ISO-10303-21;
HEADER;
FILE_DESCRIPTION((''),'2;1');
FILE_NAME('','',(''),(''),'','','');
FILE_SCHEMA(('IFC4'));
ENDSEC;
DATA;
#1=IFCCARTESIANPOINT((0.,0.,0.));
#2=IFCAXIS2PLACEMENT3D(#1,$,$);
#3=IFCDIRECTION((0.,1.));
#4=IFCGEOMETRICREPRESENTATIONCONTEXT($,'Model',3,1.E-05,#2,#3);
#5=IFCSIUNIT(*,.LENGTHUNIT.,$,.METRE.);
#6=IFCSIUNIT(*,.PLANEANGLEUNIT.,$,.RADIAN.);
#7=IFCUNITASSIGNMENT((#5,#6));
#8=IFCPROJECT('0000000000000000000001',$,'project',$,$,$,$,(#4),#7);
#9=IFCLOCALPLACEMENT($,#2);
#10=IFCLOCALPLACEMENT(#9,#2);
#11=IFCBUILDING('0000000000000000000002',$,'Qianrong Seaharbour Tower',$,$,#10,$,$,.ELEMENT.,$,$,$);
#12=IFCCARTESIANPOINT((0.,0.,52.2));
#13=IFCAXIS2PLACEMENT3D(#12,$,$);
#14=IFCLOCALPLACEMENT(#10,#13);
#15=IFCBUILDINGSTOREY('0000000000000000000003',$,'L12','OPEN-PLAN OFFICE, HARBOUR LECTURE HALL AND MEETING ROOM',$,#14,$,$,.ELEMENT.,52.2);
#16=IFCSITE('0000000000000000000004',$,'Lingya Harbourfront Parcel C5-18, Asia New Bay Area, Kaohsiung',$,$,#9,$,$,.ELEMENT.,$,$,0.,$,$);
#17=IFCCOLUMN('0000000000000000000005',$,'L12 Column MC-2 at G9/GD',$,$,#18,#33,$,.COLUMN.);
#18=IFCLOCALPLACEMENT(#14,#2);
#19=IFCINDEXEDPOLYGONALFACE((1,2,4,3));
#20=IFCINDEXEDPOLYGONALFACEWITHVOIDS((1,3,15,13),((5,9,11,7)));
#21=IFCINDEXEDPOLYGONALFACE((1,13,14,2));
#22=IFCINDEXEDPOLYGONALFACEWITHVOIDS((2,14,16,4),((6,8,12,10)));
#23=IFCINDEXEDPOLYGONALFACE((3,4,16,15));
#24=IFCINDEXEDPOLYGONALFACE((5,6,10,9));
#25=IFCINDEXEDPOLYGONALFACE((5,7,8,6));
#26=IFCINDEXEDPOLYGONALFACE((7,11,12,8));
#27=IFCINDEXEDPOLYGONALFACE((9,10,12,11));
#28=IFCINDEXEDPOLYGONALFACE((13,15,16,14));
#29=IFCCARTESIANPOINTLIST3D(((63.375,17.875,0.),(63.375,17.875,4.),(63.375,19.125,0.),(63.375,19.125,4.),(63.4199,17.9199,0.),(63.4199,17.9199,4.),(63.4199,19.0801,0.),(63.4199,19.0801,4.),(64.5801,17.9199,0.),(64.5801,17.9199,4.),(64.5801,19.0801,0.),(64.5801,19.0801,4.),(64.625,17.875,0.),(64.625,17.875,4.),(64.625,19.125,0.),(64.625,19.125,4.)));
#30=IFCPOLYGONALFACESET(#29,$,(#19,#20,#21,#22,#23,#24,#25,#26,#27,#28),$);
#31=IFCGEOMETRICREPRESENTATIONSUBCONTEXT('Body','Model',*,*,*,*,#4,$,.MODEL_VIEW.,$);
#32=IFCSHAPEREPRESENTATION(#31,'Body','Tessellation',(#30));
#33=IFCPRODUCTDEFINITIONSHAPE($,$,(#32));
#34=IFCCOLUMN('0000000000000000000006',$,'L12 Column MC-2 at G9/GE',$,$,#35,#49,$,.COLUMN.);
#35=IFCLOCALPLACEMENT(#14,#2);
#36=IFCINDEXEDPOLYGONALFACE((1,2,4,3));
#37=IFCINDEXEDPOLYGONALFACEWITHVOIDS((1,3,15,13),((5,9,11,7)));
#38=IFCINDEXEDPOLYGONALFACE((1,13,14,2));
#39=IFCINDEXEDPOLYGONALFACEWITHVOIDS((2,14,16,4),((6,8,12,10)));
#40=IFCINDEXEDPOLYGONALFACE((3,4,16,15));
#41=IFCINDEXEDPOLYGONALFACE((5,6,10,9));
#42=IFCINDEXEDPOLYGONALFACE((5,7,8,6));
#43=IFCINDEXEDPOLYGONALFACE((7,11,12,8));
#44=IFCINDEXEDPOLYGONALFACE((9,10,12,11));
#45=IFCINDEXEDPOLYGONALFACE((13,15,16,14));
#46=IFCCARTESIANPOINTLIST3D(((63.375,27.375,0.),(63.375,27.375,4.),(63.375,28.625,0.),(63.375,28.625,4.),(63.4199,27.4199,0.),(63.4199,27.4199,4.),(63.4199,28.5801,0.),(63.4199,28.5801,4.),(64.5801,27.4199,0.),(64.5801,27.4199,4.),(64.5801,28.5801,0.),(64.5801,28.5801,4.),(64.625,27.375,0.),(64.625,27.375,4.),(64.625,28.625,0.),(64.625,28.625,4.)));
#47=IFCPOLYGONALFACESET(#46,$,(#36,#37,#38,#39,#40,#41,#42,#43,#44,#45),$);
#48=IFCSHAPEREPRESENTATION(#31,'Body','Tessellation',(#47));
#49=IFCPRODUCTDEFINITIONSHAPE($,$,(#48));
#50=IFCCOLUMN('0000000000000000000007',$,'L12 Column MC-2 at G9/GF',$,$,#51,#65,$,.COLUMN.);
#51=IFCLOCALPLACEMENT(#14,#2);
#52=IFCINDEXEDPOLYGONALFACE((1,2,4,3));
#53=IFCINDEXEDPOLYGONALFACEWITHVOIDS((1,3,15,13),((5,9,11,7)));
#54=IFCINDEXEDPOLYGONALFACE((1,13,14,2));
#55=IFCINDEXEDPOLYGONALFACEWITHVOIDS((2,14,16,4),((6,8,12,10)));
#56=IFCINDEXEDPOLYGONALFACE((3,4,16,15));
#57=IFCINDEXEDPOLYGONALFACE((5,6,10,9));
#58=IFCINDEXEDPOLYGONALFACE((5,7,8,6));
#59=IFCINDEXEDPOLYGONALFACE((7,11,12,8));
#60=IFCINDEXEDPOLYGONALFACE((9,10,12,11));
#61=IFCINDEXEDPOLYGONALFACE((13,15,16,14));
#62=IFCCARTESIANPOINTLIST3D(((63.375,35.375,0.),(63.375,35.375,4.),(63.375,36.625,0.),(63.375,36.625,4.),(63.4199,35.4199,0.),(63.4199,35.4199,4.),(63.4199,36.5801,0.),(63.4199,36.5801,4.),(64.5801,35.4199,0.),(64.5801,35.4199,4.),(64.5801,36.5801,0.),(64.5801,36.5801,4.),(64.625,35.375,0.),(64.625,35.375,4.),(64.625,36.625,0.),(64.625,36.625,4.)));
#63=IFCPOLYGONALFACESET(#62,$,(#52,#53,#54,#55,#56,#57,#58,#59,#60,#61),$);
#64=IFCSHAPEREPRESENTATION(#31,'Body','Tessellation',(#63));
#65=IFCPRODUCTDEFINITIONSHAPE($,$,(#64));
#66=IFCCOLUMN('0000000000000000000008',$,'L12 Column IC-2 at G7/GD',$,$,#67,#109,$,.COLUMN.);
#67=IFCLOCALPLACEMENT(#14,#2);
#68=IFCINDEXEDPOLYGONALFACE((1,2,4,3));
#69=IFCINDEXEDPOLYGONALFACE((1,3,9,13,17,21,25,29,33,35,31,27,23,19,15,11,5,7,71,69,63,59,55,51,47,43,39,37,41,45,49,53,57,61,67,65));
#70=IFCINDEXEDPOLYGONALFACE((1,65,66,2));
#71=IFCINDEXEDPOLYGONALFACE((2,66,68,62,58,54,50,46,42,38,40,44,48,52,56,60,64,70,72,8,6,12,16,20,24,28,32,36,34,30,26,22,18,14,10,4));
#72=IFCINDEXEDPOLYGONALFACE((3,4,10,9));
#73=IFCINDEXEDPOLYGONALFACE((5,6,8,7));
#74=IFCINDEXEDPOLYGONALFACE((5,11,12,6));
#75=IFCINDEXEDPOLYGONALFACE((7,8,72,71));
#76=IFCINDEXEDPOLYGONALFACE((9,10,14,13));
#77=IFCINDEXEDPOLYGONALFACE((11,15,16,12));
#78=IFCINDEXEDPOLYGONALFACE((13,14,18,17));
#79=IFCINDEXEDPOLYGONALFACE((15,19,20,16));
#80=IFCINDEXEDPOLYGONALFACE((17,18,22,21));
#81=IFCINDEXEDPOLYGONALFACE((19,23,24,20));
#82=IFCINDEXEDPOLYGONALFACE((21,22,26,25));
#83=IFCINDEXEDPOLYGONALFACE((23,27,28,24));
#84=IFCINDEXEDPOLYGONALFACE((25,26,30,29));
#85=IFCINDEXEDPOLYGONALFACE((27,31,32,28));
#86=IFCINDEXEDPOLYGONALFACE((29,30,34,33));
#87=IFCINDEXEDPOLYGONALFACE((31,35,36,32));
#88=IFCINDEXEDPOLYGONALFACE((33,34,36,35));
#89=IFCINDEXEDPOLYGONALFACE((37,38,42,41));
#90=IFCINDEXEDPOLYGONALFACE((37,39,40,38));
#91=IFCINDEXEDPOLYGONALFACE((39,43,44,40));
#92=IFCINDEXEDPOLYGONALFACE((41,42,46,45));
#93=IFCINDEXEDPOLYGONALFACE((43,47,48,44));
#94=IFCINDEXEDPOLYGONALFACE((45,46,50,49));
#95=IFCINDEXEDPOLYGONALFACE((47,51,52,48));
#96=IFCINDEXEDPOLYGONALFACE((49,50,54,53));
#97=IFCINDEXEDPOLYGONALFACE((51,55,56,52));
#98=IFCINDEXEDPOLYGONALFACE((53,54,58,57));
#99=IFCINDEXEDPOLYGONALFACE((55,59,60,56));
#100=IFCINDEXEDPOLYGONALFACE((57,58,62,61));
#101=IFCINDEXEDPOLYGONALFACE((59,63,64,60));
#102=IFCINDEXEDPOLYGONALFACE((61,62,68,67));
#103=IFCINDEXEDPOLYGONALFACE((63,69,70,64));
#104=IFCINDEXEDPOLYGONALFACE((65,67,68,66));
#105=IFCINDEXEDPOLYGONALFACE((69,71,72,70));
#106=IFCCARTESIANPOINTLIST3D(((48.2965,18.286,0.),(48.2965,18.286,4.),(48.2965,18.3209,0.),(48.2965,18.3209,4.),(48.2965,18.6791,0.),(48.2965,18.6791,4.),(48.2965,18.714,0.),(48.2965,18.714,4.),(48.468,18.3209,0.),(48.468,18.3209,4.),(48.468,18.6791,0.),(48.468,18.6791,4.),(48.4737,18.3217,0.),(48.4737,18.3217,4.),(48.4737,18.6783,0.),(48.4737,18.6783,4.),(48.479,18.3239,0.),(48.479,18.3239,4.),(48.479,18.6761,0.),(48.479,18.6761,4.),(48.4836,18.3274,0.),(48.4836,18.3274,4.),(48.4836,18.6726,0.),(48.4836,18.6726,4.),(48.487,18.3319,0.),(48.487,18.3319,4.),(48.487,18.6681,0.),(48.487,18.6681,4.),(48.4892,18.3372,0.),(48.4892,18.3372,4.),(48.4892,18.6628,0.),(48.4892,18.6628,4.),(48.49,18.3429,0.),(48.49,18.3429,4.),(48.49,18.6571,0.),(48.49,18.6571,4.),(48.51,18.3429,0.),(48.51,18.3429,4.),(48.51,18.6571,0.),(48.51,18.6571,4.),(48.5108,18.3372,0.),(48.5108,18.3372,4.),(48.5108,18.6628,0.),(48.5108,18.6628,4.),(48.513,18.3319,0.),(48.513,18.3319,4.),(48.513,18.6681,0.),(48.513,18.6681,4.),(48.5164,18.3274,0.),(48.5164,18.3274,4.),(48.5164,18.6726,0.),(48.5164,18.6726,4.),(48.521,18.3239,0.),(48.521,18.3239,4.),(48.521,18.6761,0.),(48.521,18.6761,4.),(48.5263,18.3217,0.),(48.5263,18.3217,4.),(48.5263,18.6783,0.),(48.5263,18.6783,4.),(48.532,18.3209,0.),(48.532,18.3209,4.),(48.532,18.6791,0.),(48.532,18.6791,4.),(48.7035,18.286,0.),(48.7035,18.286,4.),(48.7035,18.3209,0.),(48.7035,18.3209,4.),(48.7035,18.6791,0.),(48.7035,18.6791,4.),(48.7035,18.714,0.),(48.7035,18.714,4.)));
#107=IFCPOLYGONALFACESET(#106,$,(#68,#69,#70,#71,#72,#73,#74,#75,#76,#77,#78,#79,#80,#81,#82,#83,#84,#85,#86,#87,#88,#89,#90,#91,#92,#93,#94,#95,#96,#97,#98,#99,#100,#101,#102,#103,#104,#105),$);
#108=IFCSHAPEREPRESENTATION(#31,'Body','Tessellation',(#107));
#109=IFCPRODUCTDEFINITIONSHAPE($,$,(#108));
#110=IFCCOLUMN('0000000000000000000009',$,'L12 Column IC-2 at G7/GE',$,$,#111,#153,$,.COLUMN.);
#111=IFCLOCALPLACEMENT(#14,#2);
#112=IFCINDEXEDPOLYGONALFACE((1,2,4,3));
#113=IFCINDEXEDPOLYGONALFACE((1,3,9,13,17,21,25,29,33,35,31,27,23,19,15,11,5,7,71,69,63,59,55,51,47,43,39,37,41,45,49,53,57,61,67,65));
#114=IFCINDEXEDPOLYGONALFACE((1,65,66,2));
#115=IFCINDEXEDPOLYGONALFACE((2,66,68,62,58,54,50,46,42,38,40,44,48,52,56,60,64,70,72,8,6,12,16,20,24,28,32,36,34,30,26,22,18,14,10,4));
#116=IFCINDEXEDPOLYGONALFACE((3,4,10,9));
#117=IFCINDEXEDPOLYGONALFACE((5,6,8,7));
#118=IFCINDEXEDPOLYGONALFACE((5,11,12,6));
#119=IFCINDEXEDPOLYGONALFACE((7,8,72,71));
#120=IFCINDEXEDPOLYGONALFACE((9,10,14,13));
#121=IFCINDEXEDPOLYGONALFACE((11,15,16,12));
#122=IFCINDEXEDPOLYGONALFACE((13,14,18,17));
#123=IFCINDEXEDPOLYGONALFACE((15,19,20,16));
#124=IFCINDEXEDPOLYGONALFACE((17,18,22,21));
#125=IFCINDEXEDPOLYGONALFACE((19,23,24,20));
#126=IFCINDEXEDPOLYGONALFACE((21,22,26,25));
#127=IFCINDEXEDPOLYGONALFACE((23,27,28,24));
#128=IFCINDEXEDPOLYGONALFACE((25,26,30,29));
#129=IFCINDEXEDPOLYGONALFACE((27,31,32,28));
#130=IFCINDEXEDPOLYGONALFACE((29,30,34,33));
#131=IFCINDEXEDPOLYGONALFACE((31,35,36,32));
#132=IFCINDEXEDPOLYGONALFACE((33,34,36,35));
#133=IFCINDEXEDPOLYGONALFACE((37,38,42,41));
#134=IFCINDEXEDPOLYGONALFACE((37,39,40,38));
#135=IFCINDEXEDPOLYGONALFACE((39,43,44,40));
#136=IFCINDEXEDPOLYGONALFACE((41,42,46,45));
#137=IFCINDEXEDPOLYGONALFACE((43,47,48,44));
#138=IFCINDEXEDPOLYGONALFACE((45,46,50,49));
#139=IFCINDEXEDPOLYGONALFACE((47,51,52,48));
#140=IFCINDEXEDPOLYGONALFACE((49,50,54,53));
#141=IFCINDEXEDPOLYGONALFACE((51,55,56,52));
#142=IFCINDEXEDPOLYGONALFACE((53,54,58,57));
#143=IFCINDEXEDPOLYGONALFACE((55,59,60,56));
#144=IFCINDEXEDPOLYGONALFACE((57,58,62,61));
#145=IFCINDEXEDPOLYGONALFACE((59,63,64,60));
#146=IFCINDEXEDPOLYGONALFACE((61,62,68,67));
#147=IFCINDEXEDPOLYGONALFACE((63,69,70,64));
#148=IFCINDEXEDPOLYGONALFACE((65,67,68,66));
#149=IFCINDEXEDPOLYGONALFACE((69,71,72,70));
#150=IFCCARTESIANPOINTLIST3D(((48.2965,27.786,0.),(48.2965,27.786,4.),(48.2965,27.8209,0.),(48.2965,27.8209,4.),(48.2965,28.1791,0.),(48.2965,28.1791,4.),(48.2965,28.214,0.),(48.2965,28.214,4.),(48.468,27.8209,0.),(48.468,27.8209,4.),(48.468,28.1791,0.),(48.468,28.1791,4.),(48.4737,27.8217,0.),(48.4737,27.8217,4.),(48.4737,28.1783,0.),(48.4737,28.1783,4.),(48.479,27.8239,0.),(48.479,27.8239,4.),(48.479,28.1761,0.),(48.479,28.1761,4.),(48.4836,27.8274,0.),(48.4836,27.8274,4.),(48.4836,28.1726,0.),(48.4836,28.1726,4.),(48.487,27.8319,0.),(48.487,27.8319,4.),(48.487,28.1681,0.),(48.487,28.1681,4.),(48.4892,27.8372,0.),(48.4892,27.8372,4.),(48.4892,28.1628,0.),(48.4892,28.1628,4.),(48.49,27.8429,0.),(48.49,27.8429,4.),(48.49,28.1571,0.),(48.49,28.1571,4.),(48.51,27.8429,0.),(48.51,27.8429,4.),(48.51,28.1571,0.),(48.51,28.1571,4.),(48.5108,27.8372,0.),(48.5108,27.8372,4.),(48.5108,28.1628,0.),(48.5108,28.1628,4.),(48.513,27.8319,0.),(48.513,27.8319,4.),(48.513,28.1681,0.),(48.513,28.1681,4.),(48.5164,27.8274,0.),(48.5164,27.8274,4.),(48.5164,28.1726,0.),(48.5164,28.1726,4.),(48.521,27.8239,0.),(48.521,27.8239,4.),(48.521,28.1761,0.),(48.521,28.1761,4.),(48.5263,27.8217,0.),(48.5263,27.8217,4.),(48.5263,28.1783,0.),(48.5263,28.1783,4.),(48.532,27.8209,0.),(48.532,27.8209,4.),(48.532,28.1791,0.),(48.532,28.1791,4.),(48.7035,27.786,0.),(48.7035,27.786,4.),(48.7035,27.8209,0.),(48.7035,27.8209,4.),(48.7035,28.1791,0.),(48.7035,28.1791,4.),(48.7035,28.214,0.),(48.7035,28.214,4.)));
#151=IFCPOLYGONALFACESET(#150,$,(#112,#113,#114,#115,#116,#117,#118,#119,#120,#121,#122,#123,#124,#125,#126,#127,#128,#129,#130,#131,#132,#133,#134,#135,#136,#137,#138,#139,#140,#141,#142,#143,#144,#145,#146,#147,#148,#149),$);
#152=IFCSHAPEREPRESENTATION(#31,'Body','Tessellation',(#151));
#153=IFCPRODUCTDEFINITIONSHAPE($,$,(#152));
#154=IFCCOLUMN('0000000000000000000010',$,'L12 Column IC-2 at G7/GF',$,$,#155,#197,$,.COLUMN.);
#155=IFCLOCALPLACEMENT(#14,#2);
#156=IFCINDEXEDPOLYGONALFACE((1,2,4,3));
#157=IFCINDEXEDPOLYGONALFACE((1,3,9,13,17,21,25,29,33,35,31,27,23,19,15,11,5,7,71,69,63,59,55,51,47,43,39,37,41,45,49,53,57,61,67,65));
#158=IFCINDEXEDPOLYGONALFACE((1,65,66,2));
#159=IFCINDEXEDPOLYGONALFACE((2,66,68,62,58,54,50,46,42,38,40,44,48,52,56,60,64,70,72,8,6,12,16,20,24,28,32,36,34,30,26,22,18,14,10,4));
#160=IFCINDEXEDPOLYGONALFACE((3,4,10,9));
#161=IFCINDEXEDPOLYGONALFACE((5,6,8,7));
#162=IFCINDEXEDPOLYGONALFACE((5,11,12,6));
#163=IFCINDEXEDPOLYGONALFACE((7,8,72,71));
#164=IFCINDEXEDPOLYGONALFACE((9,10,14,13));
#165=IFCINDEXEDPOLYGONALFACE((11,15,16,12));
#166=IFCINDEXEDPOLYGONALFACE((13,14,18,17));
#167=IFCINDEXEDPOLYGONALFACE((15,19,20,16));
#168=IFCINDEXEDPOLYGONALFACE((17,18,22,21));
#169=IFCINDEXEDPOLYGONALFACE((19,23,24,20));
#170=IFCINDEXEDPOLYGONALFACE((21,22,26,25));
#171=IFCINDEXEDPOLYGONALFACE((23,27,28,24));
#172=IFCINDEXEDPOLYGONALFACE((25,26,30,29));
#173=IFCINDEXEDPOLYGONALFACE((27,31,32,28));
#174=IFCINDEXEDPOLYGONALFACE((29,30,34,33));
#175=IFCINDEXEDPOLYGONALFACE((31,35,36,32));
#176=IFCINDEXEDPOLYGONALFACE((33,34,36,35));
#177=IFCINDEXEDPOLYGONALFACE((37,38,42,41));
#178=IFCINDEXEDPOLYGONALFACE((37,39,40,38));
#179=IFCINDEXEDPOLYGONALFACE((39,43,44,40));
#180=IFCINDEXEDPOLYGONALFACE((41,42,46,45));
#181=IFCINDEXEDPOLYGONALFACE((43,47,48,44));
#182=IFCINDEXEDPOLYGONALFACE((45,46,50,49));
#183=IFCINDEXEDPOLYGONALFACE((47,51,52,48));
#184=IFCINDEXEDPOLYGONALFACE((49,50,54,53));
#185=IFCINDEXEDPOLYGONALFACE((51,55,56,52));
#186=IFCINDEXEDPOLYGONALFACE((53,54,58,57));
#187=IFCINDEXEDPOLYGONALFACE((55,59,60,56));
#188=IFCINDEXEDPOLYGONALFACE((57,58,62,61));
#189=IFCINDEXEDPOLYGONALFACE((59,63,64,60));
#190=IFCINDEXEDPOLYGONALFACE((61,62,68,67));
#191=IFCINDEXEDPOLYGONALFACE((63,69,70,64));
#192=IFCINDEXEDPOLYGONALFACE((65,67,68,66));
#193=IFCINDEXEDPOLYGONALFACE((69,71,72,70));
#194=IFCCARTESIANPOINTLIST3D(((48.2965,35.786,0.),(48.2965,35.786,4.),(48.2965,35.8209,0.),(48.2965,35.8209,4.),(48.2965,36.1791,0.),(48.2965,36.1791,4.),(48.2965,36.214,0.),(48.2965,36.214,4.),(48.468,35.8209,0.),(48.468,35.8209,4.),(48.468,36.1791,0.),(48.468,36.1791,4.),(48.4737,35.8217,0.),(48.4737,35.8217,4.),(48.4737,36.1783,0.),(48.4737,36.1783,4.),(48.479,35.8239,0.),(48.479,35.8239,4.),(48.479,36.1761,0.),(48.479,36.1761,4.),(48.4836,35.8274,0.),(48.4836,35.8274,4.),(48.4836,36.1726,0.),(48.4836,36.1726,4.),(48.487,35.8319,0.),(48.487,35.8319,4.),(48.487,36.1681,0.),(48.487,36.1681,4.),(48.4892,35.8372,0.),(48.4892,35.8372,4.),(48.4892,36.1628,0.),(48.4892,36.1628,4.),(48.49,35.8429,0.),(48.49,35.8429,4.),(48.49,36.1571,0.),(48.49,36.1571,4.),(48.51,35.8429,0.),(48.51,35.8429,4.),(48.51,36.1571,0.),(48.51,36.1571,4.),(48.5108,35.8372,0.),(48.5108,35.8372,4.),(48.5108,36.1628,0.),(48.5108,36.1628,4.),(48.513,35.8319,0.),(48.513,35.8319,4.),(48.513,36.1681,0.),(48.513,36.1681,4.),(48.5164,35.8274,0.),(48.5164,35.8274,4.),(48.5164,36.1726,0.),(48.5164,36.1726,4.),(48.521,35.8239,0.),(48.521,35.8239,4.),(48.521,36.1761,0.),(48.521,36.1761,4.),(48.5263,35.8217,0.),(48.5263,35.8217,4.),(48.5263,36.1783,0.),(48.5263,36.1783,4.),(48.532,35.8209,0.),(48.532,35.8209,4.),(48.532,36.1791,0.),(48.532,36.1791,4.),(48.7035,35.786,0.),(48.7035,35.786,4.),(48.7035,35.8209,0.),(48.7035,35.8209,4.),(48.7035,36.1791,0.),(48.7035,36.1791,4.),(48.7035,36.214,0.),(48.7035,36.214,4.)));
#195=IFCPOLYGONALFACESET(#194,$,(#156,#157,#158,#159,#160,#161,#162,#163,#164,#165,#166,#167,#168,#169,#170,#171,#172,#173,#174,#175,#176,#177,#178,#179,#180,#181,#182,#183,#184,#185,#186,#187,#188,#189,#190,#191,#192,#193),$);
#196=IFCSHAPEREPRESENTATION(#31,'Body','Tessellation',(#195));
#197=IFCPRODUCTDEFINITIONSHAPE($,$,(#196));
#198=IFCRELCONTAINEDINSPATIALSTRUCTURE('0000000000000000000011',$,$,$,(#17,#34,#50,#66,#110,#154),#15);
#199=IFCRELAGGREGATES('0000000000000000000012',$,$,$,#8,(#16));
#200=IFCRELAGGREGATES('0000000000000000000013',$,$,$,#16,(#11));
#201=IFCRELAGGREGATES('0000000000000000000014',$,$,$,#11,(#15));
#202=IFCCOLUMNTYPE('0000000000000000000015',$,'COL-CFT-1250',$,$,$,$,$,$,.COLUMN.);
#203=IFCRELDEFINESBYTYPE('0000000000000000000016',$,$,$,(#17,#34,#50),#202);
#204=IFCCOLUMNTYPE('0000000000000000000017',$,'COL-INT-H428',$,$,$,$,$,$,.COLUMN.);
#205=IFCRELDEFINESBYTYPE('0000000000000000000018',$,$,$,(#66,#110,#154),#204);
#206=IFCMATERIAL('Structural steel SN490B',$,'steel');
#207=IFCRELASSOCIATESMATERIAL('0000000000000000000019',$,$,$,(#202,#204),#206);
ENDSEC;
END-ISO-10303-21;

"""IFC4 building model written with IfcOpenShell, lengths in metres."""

from ifc_helpers import new_model, si_unit, direction, frame, origin, origin_2d, place, context, subcontext, project, spatial, hollow_rectangle, i_section, extrude, material, material_profile, profile_set, type_object, element, save


model = new_model("IFC4")

# Units and contexts
model_context = context("Model", 3, precision=1e-05, world=origin(), true_north=direction((0.0, 1.0)))
body_context = subcontext(model_context, "Body", "Model", "MODEL_VIEW")
ifc_project = project(units=[si_unit("LENGTHUNIT", "METRE"), si_unit("PLANEANGLEUNIT", "RADIAN")], contexts=[model_context])

# Site, building, storey
site_placement = place(None, origin())
site = spatial("IfcSite", under=ifc_project, at=site_placement, Name="Lingya Harbourfront Parcel C5-18, Asia New Bay Area, Kaohsiung", CompositionType="ELEMENT", RefElevation=0.0)
building_placement = place(site_placement, origin())
building = spatial("IfcBuilding", under=site, at=building_placement, Name="Qianrong Seaharbour Tower", CompositionType="ELEMENT")
storey_placement = place(building_placement, frame((0.0, 0.0, 52.2)))
storey = spatial("IfcBuildingStorey", under=building, at=storey_placement, Name="L12", Description="OPEN-PLAN OFFICE, HARBOUR LECTURE HALL AND MEETING ROOM", CompositionType="ELEMENT", Elevation=52.2)

# Columns
ifc_material_1 = material(Name="Structural steel SN490B", Category="steel")
ifc_material_profile_1 = material_profile(ifc_material_1, hollow_rectangle(XDim=1.25, YDim=1.25, WallThickness=0.0449, at=origin_2d()), Name="BOX1250x1250x45")
ifc_profile_set_1 = profile_set([ifc_material_profile_1], Name="Structural steel SN490B")
column_type_1 = type_object("IfcColumnType", Name="COL-CFT-1250", PredefinedType="COLUMN", material=ifc_profile_set_1)
for number, where, z_axis, x_axis, name in (
    (1, (64.0, 18.5, 0.0), (0.0, 0.0, 1.0), (1.0, 0.0, 0.0), "L12 Column MC-2 at G9/GD"),
    (2, (64.0, 28.0, 0.0), (0.0, 0.0, 1.0), (1.0, 0.0, 0.0), "L12 Column MC-2 at G9/GE"),
    (3, (64.0, 36.0, 0.0), (0.0, 0.0, 1.0), (1.0, 0.0, 0.0), "L12 Column MC-2 at G9/GF"),
):
    element("IfcColumn", number, at=place(storey_placement, frame(where, z_axis=z_axis, x_axis=x_axis)), inside=storey, type_object=column_type_1, Name=name, PredefinedType="COLUMN", context=body_context, shape_type="SweptSolid", body=[
        extrude(hollow_rectangle(XDim=1.25, YDim=1.25, WallThickness=0.0449, at=origin_2d()), origin(), (0.0, 0.0, 1.0), 4.0),
    ])
ifc_material_profile_2 = material_profile(ifc_material_1, i_section(OverallWidth=0.407, OverallDepth=0.428, WebThickness=0.02, FlangeThickness=0.0349, FilletRadius=0.022, at=origin_2d()), Name="H428x407x20x35")
ifc_profile_set_2 = profile_set([ifc_material_profile_2], Name="Structural steel SN490B")
column_type_2 = type_object("IfcColumnType", Name="COL-INT-H428", PredefinedType="COLUMN", material=ifc_profile_set_2)
for number, where, z_axis, x_axis, name in (
    (4, (48.5, 18.5, 0.0), (0.0, 0.0, 1.0), (1.0, 0.0, 0.0), "L12 Column IC-2 at G7/GD"),
    (5, (48.5, 28.0, 0.0), (0.0, 0.0, 1.0), (1.0, 0.0, 0.0), "L12 Column IC-2 at G7/GE"),
    (6, (48.5, 36.0, 0.0), (0.0, 0.0, 1.0), (1.0, 0.0, 0.0), "L12 Column IC-2 at G7/GF"),
):
    element("IfcColumn", number, at=place(storey_placement, frame(where, z_axis=z_axis, x_axis=x_axis)), inside=storey, type_object=column_type_2, Name=name, PredefinedType="COLUMN", context=body_context, shape_type="SweptSolid", body=[
        extrude(i_section(OverallWidth=0.407, OverallDepth=0.428, WebThickness=0.02, FlangeThickness=0.0349, FilletRadius=0.022, at=origin_2d()), origin(), (0.0, 0.0, 1.0), 4.0),
    ])

save(model, "model.ifc")
